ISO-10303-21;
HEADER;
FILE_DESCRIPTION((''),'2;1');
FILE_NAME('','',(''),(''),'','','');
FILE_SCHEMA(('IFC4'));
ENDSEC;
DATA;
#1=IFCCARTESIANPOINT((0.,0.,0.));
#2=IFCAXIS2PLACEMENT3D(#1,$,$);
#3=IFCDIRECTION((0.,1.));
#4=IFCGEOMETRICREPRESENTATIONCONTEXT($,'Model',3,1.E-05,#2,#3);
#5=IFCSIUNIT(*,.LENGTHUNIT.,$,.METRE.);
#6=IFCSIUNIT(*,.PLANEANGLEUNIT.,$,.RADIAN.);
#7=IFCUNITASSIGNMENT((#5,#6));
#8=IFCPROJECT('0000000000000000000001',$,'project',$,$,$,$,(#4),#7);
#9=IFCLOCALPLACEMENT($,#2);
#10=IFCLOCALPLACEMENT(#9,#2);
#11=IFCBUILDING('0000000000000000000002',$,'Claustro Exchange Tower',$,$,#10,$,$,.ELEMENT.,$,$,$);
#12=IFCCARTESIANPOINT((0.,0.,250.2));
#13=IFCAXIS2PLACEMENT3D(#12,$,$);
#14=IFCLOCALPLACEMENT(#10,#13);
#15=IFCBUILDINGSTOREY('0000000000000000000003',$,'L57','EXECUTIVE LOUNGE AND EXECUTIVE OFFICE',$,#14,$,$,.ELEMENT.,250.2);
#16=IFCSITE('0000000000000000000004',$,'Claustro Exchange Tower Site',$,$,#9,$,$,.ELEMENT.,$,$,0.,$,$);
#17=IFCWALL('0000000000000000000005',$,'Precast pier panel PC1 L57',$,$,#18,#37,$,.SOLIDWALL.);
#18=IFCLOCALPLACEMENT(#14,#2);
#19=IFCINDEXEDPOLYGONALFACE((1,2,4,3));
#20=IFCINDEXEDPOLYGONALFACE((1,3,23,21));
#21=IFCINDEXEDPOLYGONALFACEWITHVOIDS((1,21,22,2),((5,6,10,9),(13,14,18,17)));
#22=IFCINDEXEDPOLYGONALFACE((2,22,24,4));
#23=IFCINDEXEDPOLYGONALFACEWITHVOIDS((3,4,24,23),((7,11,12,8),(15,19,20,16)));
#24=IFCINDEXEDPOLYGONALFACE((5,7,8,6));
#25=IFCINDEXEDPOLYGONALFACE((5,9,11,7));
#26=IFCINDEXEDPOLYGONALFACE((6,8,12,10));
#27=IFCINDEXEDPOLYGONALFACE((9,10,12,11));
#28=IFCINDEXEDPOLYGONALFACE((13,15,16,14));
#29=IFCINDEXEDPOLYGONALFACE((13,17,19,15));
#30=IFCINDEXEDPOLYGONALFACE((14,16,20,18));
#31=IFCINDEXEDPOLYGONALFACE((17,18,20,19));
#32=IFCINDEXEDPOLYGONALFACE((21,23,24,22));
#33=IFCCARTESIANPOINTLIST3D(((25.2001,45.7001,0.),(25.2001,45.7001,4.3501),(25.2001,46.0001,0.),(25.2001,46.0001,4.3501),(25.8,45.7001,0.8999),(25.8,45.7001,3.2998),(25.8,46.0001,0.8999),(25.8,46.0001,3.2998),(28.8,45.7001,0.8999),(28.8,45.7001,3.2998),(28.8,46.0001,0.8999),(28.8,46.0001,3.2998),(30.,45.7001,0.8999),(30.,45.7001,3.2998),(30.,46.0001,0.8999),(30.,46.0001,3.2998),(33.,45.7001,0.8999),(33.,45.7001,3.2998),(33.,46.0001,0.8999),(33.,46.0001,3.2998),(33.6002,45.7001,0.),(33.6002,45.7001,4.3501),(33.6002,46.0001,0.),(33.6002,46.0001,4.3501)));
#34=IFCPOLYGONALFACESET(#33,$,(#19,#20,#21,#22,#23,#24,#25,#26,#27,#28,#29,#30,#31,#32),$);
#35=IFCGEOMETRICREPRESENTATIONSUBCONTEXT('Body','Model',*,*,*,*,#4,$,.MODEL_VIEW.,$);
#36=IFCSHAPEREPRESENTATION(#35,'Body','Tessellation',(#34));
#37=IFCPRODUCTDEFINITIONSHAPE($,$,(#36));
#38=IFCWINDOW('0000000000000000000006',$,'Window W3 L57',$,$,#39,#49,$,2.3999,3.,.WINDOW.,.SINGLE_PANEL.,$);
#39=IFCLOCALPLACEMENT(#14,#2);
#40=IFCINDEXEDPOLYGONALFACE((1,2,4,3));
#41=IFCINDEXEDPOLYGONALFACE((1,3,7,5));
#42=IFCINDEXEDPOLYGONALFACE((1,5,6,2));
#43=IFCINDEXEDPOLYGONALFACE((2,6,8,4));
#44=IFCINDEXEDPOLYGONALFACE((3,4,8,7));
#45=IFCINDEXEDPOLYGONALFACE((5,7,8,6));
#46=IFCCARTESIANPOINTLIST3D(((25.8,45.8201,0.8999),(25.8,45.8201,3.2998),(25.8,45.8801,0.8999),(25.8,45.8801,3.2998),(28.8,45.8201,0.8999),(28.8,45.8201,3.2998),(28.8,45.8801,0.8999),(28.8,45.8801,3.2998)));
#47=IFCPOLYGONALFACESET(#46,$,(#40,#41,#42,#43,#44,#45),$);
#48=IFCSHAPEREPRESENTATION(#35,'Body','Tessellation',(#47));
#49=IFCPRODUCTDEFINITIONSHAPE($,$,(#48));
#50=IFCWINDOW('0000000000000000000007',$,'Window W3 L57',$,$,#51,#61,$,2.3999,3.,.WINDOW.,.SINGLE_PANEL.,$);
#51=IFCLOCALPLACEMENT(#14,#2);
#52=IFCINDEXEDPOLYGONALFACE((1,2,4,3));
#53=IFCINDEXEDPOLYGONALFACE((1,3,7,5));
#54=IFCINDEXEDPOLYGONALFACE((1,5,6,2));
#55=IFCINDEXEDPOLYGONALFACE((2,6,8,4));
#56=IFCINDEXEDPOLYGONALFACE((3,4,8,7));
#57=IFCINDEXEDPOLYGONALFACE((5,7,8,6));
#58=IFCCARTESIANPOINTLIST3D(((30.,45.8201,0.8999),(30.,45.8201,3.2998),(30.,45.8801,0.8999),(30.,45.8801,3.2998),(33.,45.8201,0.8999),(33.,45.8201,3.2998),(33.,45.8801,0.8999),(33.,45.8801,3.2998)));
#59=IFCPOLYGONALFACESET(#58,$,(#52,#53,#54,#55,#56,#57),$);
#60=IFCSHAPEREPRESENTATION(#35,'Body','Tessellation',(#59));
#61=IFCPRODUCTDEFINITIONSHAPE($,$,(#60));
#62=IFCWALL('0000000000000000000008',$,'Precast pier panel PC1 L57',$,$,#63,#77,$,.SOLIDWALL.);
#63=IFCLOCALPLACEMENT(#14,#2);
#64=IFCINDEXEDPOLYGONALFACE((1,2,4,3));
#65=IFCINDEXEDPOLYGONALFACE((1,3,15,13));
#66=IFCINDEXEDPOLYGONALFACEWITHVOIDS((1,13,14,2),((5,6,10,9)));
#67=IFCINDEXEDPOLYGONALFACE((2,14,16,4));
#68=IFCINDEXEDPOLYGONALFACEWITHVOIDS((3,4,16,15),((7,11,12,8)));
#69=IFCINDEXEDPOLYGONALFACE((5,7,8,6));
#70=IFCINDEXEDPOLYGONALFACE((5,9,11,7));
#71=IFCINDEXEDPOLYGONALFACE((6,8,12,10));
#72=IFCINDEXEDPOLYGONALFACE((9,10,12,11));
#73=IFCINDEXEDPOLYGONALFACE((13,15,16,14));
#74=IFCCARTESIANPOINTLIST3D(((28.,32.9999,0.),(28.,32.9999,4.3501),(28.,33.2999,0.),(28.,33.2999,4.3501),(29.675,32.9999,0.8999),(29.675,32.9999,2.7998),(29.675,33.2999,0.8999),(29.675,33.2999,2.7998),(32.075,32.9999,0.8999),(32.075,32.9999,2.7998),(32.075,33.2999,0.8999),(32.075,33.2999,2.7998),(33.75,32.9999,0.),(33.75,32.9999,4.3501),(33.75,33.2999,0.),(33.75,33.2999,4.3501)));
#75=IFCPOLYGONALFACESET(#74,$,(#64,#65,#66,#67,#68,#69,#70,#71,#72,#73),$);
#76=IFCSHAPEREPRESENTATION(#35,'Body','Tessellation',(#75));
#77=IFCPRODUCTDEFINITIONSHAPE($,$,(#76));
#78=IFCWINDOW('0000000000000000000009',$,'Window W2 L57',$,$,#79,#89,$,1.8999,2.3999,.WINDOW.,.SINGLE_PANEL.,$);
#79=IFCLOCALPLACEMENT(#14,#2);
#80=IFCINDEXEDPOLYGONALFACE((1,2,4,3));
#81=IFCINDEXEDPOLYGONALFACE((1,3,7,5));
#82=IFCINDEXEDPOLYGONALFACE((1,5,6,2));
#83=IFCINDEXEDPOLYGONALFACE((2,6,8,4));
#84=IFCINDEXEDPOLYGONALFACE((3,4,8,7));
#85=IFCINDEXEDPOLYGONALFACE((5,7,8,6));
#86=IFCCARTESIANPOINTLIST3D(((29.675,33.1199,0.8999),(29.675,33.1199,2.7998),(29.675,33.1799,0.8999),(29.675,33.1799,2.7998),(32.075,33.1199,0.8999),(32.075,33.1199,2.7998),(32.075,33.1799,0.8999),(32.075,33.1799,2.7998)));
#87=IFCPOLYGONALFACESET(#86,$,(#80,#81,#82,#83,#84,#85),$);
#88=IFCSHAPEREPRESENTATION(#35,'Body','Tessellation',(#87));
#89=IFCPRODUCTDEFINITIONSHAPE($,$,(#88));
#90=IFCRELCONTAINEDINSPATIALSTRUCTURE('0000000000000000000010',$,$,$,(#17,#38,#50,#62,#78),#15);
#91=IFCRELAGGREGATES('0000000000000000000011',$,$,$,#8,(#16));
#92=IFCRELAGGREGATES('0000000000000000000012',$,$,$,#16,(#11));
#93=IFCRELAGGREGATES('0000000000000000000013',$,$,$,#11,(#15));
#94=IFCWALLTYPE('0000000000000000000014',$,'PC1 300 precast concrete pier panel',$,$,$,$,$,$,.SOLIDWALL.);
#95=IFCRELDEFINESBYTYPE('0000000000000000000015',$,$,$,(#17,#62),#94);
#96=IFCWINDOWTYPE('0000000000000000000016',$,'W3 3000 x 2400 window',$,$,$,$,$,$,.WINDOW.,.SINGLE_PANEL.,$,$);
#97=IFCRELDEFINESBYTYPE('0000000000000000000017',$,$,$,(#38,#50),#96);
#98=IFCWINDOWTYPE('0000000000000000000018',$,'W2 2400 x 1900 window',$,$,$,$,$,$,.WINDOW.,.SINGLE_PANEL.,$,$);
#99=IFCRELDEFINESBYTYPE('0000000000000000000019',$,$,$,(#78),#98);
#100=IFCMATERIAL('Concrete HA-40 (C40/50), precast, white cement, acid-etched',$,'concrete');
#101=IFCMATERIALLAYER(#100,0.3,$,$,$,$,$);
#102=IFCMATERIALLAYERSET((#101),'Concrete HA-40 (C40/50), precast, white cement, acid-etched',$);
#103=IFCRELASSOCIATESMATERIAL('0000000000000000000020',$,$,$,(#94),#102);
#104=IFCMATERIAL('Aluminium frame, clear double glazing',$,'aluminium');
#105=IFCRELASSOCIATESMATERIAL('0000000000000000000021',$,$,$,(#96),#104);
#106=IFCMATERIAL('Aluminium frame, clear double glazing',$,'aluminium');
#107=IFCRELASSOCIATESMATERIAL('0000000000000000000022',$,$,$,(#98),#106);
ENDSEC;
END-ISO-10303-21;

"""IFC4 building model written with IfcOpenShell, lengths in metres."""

from ifc_helpers import new_model, si_unit, direction, frame, frame_2d, origin, place, context, subcontext, project, spatial, rectangle, extrude, material, layer, layer_set, type_object, element, fill, save


model = new_model("IFC4")

# Units and contexts
model_context = context("Model", 3, precision=1e-05, world=origin(), true_north=direction((0.0, 1.0)))
body_context = subcontext(model_context, "Body", "Model", "MODEL_VIEW")
ifc_project = project(units=[si_unit("LENGTHUNIT", "METRE"), si_unit("PLANEANGLEUNIT", "RADIAN")], contexts=[model_context])

# Site, building, storey
site_placement = place(None, origin())
site = spatial("IfcSite", under=ifc_project, at=site_placement, Name="Claustro Exchange Tower Site", CompositionType="ELEMENT", RefElevation=0.0)
building_placement = place(site_placement, origin())
building = spatial("IfcBuilding", under=site, at=building_placement, Name="Claustro Exchange Tower", CompositionType="ELEMENT")
storey_placement = place(building_placement, frame((0.0, 0.0, 250.2)))
storey = spatial("IfcBuildingStorey", under=building, at=storey_placement, Name="L57", Description="EXECUTIVE LOUNGE AND EXECUTIVE OFFICE", CompositionType="ELEMENT", Elevation=250.2)

# Wall, openings, windows
ifc_material_1 = material(Name="Concrete HA-40 (C40/50), precast, white cement, acid-etched", Category="concrete")
ifc_layer_1 = layer(ifc_material_1, 0.3)
ifc_layer_set_1 = layer_set([ifc_layer_1], Name="Concrete HA-40 (C40/50), precast, white cement, acid-etched")
wall_type_1 = type_object("IfcWallType", Name="PC1 300 precast concrete pier panel", PredefinedType="SOLIDWALL", material=ifc_layer_set_1)
wall_1_placement = place(storey_placement, frame((25.2, 45.8501, 0.0), z_axis=(0.0, 0.0, 1.0), x_axis=(1.0, 0.0, 0.0)))
wall_1 = element("IfcWall", 1, at=wall_1_placement, inside=storey, type_object=wall_type_1, Name="Precast pier panel PC1 L57", PredefinedType="SOLIDWALL", context=body_context, shape_type="SweptSolid", body=[
    extrude(rectangle(XDim=8.4001, YDim=0.3, at=frame_2d((4.2002, 0.0))), origin(), (0.0, 0.0, 1.0), 4.3501),
])
opening_1_placement = place(wall_1_placement, frame((0.6001, 0.0, 0.8999)))
opening_1 = element("IfcOpeningElement", 2, at=opening_1_placement, cuts=wall_1, PredefinedType="OPENING", context=body_context, shape_type="SweptSolid", body=[
    extrude(rectangle(XDim=3.0, YDim=2.3999, at=frame_2d((1.5, 1.2))), frame((0.0, 0.1599, 0.0), z_axis=(0.0, -1.0, 0.0), x_axis=(1.0, 0.0, 0.0)), (0.0, 0.0, 1.0), 0.3201),
])
opening_2_placement = place(wall_1_placement, frame((4.8, 0.0, 0.8999)))
opening_2 = element("IfcOpeningElement", 3, at=opening_2_placement, cuts=wall_1, PredefinedType="OPENING", context=body_context, shape_type="SweptSolid", body=[
    extrude(rectangle(XDim=3.0, YDim=2.3999, at=frame_2d((1.5, 1.2))), frame((0.0, 0.1599, 0.0), z_axis=(0.0, -1.0, 0.0), x_axis=(1.0, 0.0, 0.0)), (0.0, 0.0, 1.0), 0.3201),
])
ifc_material_2 = material(Name="Aluminium frame, clear double glazing", Category="aluminium")
window_type_1 = type_object("IfcWindowType", Name="W3 3000 x 2400 window", PartitioningType="SINGLE_PANEL", PredefinedType="WINDOW", material=ifc_material_2)
window_1_placement = place(opening_1_placement, origin())
window_1 = element("IfcWindow", 4, at=window_1_placement, inside=storey, type_object=window_type_1, Name="Window W3 L57", OverallHeight=2.3999, OverallWidth=3.0, PartitioningType="SINGLE_PANEL", PredefinedType="WINDOW", context=body_context, shape_type="SweptSolid", body=[
    extrude(rectangle(XDim=3.0, YDim=2.3999, at=frame_2d((1.5, 1.2))), frame((0.0, 0.03, 0.0), z_axis=(0.0, -1.0, 0.0), x_axis=(1.0, 0.0, 0.0)), (0.0, 0.0, 1.0), 0.0601),
])
fill(opening_1, window_1)
window_2_placement = place(opening_2_placement, origin())
window_2 = element("IfcWindow", 5, at=window_2_placement, inside=storey, type_object=window_type_1, Name="Window W3 L57", OverallHeight=2.3999, OverallWidth=3.0, PartitioningType="SINGLE_PANEL", PredefinedType="WINDOW", context=body_context, shape_type="SweptSolid", body=[
    extrude(rectangle(XDim=3.0, YDim=2.3999, at=frame_2d((1.5, 1.2))), frame((0.0, 0.03, 0.0), z_axis=(0.0, -1.0, 0.0), x_axis=(1.0, 0.0, 0.0)), (0.0, 0.0, 1.0), 0.0601),
])
fill(opening_2, window_2)

# Wall, opening, window
wall_2_placement = place(storey_placement, frame((28.0, 33.1499, 0.0), z_axis=(0.0, 0.0, 1.0), x_axis=(1.0, 0.0, 0.0)))
wall_2 = element("IfcWall", 6, at=wall_2_placement, inside=storey, type_object=wall_type_1, Name="Precast pier panel PC1 L57", PredefinedType="SOLIDWALL", context=body_context, shape_type="SweptSolid", body=[
    extrude(rectangle(XDim=5.75, YDim=0.3, at=frame_2d((2.875, 0.0))), origin(), (0.0, 0.0, 1.0), 4.3501),
])
opening_3_placement = place(wall_2_placement, frame((1.675, 0.0, 0.8999)))
opening_3 = element("IfcOpeningElement", 7, at=opening_3_placement, cuts=wall_2, PredefinedType="OPENING", context=body_context, shape_type="SweptSolid", body=[
    extrude(rectangle(XDim=2.3999, YDim=1.8999, at=frame_2d((1.2, 0.95))), frame((0.0, 0.1599, 0.0), z_axis=(0.0, -1.0, 0.0), x_axis=(1.0, 0.0, 0.0)), (0.0, 0.0, 1.0), 0.3201),
])
ifc_material_3 = material(Name="Aluminium frame, clear double glazing", Category="aluminium")
window_type_2 = type_object("IfcWindowType", Name="W2 2400 x 1900 window", PartitioningType="SINGLE_PANEL", PredefinedType="WINDOW", material=ifc_material_3)
window_3_placement = place(opening_3_placement, origin())
window_3 = element("IfcWindow", 8, at=window_3_placement, inside=storey, type_object=window_type_2, Name="Window W2 L57", OverallHeight=1.8999, OverallWidth=2.3999, PartitioningType="SINGLE_PANEL", PredefinedType="WINDOW", context=body_context, shape_type="SweptSolid", body=[
    extrude(rectangle(XDim=2.3999, YDim=1.8999, at=frame_2d((1.2, 0.95))), frame((0.0, 0.03, 0.0), z_axis=(0.0, -1.0, 0.0), x_axis=(1.0, 0.0, 0.0)), (0.0, 0.0, 1.0), 0.0601),
])
fill(opening_3, window_3)

save(model, "model.ifc")
